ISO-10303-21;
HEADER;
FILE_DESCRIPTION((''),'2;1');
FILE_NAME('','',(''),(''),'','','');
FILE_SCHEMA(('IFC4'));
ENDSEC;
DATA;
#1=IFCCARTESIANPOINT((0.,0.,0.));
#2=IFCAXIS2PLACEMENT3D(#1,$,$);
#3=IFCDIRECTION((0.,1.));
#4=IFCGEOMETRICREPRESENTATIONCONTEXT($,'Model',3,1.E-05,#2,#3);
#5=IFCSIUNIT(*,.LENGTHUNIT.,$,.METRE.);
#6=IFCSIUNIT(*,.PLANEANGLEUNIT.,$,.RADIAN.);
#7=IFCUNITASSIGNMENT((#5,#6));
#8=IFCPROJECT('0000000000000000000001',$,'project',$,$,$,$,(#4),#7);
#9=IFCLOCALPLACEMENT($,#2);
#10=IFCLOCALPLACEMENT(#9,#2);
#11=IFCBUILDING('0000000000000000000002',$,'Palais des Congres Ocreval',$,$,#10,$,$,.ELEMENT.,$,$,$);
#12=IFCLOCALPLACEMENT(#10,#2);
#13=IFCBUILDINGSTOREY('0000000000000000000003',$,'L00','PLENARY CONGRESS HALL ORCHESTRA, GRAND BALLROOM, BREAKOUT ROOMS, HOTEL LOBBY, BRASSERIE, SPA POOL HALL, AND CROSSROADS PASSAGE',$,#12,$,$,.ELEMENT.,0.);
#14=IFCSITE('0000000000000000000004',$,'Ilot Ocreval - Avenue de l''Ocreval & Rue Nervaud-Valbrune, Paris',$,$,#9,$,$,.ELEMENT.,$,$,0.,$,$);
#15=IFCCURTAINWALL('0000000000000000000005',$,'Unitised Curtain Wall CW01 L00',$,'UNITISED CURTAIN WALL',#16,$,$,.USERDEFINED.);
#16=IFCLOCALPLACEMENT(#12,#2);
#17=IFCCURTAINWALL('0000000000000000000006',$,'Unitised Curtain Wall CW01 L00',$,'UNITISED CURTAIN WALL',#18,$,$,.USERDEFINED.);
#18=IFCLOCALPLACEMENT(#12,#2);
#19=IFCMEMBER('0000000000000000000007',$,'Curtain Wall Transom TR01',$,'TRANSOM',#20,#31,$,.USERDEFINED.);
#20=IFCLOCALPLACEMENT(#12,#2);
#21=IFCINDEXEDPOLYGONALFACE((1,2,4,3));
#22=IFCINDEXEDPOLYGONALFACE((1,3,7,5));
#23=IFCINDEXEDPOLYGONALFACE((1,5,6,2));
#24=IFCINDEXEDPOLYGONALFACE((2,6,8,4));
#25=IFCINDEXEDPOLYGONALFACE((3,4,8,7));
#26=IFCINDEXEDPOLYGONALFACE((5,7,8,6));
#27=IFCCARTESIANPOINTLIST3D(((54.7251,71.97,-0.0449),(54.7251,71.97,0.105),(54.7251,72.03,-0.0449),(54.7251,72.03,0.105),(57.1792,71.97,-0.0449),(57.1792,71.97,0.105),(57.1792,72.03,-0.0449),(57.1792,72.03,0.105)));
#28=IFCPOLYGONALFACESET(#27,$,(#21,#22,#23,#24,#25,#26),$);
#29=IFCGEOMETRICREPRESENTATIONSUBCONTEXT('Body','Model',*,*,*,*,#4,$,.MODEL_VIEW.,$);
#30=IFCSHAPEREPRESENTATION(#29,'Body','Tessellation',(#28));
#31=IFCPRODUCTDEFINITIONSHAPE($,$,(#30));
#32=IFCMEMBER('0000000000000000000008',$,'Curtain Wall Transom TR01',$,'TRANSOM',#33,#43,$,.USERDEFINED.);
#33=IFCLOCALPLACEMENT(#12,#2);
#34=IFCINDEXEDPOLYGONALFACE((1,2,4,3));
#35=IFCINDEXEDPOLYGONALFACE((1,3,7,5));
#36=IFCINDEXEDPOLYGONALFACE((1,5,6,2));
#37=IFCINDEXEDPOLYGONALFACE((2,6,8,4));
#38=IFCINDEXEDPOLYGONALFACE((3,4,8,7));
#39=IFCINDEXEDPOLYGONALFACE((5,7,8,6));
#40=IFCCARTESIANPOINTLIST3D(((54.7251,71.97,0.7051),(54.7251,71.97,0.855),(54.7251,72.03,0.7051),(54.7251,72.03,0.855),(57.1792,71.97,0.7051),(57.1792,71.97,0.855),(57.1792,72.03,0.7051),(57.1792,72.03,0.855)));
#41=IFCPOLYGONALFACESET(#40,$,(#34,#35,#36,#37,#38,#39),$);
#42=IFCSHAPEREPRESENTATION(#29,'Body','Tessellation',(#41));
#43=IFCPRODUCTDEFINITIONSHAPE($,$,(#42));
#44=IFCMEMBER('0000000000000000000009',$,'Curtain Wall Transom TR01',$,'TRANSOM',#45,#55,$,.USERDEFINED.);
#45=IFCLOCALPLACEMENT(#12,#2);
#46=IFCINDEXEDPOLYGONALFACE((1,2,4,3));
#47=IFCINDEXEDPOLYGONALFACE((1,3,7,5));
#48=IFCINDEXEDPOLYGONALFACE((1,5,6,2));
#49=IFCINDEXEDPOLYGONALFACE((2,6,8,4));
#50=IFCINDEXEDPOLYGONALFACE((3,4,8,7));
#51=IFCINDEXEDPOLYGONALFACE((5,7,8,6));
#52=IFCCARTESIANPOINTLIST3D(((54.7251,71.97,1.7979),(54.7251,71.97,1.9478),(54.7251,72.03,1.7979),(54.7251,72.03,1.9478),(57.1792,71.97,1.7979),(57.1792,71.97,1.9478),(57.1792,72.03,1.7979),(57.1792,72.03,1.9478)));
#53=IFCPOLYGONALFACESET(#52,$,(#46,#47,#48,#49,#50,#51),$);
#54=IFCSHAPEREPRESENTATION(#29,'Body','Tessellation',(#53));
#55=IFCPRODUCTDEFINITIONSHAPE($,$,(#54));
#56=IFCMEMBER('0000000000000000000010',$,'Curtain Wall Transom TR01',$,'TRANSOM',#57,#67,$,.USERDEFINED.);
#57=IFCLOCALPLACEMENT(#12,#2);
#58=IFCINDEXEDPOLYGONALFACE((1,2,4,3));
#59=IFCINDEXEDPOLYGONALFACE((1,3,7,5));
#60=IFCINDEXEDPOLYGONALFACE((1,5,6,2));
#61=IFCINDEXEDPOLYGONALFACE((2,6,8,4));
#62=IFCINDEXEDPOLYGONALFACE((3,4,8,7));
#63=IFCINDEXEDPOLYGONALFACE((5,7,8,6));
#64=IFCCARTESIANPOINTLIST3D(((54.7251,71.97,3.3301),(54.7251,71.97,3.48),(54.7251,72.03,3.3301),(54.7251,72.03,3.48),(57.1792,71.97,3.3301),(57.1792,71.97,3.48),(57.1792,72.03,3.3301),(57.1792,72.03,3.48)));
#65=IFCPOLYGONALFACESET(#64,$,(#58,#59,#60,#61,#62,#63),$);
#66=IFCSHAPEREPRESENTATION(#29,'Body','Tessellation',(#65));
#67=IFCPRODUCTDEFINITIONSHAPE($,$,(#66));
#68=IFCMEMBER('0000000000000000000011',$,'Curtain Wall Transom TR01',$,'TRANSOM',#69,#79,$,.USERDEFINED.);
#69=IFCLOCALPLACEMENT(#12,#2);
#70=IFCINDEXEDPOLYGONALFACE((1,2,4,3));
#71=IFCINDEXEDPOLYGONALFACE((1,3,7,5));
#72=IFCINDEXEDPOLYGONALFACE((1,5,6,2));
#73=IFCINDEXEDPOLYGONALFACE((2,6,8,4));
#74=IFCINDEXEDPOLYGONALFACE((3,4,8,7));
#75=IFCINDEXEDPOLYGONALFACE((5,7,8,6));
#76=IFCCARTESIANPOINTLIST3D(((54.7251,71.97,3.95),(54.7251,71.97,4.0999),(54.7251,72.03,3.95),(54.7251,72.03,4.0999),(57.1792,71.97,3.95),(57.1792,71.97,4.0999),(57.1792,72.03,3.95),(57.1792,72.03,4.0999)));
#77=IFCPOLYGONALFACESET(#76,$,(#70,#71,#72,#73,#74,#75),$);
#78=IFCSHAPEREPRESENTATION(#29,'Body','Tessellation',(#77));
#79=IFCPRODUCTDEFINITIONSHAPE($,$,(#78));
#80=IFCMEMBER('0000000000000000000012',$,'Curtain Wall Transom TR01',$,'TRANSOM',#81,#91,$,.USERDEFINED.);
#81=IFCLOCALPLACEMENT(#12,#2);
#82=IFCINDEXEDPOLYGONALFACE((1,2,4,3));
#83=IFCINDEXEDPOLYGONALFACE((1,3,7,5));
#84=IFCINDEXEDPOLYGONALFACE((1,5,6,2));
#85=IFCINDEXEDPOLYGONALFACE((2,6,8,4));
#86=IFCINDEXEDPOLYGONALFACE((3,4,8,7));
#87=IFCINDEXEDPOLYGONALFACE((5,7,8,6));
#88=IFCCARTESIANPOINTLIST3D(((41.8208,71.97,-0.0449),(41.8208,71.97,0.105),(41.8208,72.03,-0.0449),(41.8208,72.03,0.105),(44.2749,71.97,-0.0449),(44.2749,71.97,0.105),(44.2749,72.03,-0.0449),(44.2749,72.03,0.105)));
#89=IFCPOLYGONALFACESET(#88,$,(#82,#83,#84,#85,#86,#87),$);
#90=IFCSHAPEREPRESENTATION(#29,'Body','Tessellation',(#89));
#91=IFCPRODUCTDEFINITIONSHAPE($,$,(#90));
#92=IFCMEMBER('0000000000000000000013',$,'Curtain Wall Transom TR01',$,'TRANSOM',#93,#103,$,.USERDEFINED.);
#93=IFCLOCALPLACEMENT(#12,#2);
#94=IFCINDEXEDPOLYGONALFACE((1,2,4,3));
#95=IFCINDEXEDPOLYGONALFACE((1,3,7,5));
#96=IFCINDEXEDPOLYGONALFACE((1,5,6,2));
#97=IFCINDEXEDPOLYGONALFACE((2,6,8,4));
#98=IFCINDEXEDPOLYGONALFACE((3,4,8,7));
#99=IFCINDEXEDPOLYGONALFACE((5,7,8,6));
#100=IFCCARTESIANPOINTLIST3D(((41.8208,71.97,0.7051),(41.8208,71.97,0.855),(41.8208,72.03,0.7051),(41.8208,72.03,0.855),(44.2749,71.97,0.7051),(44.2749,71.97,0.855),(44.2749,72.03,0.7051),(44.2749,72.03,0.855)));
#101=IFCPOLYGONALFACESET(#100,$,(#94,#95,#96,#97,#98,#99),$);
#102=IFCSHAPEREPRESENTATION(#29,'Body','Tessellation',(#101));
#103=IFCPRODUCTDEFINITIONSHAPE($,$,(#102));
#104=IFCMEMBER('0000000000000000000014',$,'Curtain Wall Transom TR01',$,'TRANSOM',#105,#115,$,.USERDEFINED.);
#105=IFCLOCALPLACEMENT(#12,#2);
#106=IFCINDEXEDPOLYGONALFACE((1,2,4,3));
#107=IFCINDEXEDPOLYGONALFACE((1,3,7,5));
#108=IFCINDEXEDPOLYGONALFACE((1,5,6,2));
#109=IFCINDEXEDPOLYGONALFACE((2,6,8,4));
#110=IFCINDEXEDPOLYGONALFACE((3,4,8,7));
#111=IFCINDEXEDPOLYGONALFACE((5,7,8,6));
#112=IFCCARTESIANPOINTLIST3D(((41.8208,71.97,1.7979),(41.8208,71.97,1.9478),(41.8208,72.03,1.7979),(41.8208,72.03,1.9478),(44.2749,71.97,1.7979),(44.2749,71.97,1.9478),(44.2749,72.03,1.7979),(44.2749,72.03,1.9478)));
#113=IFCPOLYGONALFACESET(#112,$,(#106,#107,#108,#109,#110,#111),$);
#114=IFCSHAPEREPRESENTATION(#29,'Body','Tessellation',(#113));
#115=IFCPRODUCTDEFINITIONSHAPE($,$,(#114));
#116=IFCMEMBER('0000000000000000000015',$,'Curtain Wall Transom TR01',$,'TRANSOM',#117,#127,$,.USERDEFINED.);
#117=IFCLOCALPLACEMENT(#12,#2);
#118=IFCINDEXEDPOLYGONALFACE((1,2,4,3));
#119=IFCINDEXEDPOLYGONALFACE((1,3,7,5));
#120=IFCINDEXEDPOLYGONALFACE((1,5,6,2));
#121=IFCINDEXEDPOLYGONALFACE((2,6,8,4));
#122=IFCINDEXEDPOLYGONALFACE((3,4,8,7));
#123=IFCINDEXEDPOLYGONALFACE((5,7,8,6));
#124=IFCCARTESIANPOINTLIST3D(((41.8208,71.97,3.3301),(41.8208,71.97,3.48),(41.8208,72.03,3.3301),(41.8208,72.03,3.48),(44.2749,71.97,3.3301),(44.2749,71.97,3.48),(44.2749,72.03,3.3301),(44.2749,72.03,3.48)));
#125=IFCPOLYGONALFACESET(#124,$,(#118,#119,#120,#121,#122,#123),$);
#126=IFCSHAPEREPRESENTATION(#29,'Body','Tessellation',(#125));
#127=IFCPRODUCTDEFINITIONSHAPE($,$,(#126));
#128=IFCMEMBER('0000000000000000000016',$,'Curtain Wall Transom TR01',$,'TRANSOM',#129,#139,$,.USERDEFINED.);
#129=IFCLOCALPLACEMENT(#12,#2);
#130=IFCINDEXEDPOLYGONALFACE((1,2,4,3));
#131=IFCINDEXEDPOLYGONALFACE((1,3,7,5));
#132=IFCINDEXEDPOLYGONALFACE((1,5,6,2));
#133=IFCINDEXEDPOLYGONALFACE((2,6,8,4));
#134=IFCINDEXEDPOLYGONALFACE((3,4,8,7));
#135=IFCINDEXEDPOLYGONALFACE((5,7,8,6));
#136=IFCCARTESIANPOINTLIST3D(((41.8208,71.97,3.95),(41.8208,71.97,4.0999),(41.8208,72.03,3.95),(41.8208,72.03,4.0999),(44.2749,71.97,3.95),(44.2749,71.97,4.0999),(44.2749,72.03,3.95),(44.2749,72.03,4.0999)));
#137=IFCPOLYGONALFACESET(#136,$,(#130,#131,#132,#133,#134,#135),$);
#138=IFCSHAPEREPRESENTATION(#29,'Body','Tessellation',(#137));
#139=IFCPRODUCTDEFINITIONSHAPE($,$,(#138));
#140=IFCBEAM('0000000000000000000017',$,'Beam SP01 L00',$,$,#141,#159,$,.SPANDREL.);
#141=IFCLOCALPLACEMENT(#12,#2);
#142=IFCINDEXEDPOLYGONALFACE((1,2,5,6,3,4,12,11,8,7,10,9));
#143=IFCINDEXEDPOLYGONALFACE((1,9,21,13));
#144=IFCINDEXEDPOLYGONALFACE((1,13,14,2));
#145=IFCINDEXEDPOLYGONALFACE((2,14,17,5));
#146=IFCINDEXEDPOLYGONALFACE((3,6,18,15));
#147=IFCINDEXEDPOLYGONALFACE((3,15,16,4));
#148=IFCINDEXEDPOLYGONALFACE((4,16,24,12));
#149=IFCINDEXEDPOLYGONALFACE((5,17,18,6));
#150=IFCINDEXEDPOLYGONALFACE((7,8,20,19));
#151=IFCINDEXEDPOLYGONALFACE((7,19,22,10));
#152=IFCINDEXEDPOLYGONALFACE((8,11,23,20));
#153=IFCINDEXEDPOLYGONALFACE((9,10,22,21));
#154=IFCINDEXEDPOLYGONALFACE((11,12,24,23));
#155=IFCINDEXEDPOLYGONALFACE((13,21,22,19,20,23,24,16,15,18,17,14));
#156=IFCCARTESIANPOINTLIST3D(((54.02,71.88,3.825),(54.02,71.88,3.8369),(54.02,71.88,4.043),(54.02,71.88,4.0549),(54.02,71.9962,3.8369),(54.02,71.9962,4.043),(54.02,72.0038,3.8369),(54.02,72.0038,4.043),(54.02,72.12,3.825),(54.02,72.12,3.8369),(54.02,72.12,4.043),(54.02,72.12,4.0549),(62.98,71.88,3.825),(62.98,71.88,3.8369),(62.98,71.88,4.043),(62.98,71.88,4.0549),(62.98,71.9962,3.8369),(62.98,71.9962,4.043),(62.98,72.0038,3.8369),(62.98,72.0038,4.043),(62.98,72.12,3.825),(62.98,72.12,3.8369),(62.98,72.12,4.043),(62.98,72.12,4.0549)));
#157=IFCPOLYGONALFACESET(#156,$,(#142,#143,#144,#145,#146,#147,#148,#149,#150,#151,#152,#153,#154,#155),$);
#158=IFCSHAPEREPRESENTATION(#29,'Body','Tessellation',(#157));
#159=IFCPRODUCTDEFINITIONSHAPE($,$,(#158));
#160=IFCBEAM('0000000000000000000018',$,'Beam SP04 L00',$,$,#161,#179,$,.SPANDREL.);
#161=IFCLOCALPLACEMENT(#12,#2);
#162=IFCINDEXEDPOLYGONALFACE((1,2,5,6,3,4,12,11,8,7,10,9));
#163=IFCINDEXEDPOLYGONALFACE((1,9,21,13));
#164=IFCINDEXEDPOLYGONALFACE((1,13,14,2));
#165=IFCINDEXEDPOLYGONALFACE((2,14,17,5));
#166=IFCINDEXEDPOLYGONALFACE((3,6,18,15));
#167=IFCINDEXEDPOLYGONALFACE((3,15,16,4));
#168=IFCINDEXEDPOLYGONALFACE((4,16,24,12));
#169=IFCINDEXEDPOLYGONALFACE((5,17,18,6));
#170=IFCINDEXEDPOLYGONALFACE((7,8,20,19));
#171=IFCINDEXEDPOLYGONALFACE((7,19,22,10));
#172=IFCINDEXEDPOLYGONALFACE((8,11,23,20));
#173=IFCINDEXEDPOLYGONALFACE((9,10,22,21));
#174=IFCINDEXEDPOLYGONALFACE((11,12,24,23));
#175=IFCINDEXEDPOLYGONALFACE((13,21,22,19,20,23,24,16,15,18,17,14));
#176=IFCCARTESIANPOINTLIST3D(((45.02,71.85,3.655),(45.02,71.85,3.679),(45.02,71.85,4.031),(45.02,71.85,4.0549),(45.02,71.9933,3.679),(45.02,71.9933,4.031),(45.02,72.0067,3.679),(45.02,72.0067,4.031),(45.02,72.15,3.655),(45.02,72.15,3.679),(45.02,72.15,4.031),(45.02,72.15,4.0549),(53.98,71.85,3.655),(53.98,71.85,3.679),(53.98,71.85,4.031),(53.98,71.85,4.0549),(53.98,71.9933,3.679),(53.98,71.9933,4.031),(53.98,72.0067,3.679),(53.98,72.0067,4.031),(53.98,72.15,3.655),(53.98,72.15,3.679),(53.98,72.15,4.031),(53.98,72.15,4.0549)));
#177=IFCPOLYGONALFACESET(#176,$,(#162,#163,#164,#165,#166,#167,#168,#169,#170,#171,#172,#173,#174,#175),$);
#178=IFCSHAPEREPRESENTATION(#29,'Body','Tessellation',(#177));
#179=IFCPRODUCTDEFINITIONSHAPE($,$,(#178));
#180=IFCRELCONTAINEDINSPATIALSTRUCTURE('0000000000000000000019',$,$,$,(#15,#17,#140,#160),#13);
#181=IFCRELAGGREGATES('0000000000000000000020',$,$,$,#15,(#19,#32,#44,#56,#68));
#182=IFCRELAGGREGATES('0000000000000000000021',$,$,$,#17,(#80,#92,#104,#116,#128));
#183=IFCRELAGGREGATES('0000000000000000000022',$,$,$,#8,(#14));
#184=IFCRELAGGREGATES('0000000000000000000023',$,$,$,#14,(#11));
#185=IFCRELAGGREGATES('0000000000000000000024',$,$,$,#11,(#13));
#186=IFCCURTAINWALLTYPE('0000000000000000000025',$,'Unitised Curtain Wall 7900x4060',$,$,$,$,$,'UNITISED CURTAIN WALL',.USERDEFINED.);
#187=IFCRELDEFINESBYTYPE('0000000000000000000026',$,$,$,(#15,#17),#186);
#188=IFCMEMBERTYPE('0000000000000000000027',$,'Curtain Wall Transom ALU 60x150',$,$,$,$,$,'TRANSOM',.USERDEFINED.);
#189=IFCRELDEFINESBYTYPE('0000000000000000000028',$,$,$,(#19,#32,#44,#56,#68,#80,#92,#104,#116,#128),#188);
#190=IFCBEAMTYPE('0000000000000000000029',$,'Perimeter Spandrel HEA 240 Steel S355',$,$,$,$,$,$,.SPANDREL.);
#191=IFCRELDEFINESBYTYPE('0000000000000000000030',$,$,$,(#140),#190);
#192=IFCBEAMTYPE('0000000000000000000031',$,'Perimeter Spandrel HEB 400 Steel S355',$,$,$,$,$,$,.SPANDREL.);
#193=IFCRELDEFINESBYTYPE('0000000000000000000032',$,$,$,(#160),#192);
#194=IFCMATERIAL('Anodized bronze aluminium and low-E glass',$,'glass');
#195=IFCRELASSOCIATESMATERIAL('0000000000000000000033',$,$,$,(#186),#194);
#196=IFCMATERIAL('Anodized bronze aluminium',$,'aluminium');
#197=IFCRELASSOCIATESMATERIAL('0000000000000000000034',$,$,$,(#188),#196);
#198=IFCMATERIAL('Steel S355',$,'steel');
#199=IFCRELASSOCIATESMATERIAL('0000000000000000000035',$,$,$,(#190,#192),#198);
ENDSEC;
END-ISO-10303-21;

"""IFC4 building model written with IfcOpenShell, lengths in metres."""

from ifc_helpers import new_model, si_unit, direction, frame, origin, origin_2d, place, context, subcontext, project, spatial, rectangle, i_section, extrude, material, material_profile, profile_set, type_object, element, aggregate, save


model = new_model("IFC4")

# Units and contexts
model_context = context("Model", 3, precision=1e-05, world=origin(), true_north=direction((0.0, 1.0)))
body_context = subcontext(model_context, "Body", "Model", "MODEL_VIEW")
ifc_project = project(units=[si_unit("LENGTHUNIT", "METRE"), si_unit("PLANEANGLEUNIT", "RADIAN")], contexts=[model_context])

# Site, building, storey
site_placement = place(None, origin())
site = spatial("IfcSite", under=ifc_project, at=site_placement, Name="Ilot Ocreval - Avenue de l'Ocreval & Rue Nervaud-Valbrune, Paris", CompositionType="ELEMENT", RefElevation=0.0)
building_placement = place(site_placement, origin())
building = spatial("IfcBuilding", under=site, at=building_placement, Name="Palais des Congres Ocreval", CompositionType="ELEMENT")
storey_placement = place(building_placement, origin())
storey = spatial("IfcBuildingStorey", under=building, at=storey_placement, Name="L00", Description="PLENARY CONGRESS HALL ORCHESTRA, GRAND BALLROOM, BREAKOUT ROOMS, HOTEL LOBBY, BRASSERIE, SPA POOL HALL, AND CROSSROADS PASSAGE", CompositionType="ELEMENT", Elevation=0.0)

# Shared definitions
ifc_material_1 = material(Name="Steel S355", Category="steel")

# Curtain wall
ifc_material_2 = material(Name="Anodized bronze aluminium and low-E glass", Category="glass")
curtain_wall_type = type_object("IfcCurtainWallType", Name="Unitised Curtain Wall 7900x4060", ElementType="UNITISED CURTAIN WALL", PredefinedType="USERDEFINED", material=ifc_material_2)
curtain_wall_1_placement = place(storey_placement, origin())
curtain_wall_1 = element("IfcCurtainWall", 1, at=curtain_wall_1_placement, inside=storey, type_object=curtain_wall_type, Name="Unitised Curtain Wall CW01 L00", ObjectType="UNITISED CURTAIN WALL", PredefinedType="USERDEFINED")
ifc_material_3 = material(Name="Anodized bronze aluminium", Category="aluminium")

# Curtain wall
curtain_wall_2_placement = place(storey_placement, origin())
curtain_wall_2 = element("IfcCurtainWall", 2, at=curtain_wall_2_placement, inside=storey, type_object=curtain_wall_type, Name="Unitised Curtain Wall CW01 L00", ObjectType="UNITISED CURTAIN WALL", PredefinedType="USERDEFINED")

# Members
ifc_material_profile_1 = material_profile(ifc_material_3, rectangle(XDim=0.0601, YDim=0.1499, at=origin_2d()), Name="ALU 60x150")
ifc_profile_set_1 = profile_set([ifc_material_profile_1], Name="Anodized bronze aluminium")
member_type_1 = type_object("IfcMemberType", Name="Curtain Wall Transom ALU 60x150", ElementType="TRANSOM", PredefinedType="USERDEFINED", material=ifc_profile_set_1)
member_1_placement = place(storey_placement, frame((57.1792, 72.0, 0.03), z_axis=(-1.0, 0.0, 0.0), x_axis=(0.0, -1.0, 0.0)))
member_1 = element("IfcMember", 3, at=member_1_placement, type_object=member_type_1, Name="Curtain Wall Transom TR01", ObjectType="TRANSOM", PredefinedType="USERDEFINED", context=body_context, shape_type="SweptSolid", body=[
    extrude(rectangle(XDim=0.0601, YDim=0.1499, at=origin_2d()), origin(), (0.0, 0.0, 1.0), 2.4541),
])
member_2_placement = place(storey_placement, frame((57.1792, 72.0, 0.78), z_axis=(-1.0, 0.0, 0.0), x_axis=(0.0, -1.0, 0.0)))
member_2 = element("IfcMember", 4, at=member_2_placement, type_object=member_type_1, Name="Curtain Wall Transom TR01", ObjectType="TRANSOM", PredefinedType="USERDEFINED", context=body_context, shape_type="SweptSolid", body=[
    extrude(rectangle(XDim=0.0601, YDim=0.1499, at=origin_2d()), origin(), (0.0, 0.0, 1.0), 2.4541),
])
member_3_placement = place(storey_placement, frame((57.1792, 72.0, 1.8728), z_axis=(-1.0, 0.0, 0.0), x_axis=(0.0, -1.0, 0.0)))
member_3 = element("IfcMember", 5, at=member_3_placement, type_object=member_type_1, Name="Curtain Wall Transom TR01", ObjectType="TRANSOM", PredefinedType="USERDEFINED", context=body_context, shape_type="SweptSolid", body=[
    extrude(rectangle(XDim=0.0601, YDim=0.1499, at=origin_2d()), origin(), (0.0, 0.0, 1.0), 2.4541),
])
member_4_placement = place(storey_placement, frame((57.1792, 72.0, 3.405), z_axis=(-1.0, 0.0, 0.0), x_axis=(0.0, -1.0, 0.0)))
member_4 = element("IfcMember", 6, at=member_4_placement, type_object=member_type_1, Name="Curtain Wall Transom TR01", ObjectType="TRANSOM", PredefinedType="USERDEFINED", context=body_context, shape_type="SweptSolid", body=[
    extrude(rectangle(XDim=0.0601, YDim=0.1499, at=origin_2d()), origin(), (0.0, 0.0, 1.0), 2.4541),
])
member_5_placement = place(storey_placement, frame((57.1792, 72.0, 4.0249), z_axis=(-1.0, 0.0, 0.0), x_axis=(0.0, -1.0, 0.0)))
member_5 = element("IfcMember", 7, at=member_5_placement, type_object=member_type_1, Name="Curtain Wall Transom TR01", ObjectType="TRANSOM", PredefinedType="USERDEFINED", context=body_context, shape_type="SweptSolid", body=[
    extrude(rectangle(XDim=0.0601, YDim=0.1499, at=origin_2d()), origin(), (0.0, 0.0, 1.0), 2.4541),
])
member_6_placement = place(storey_placement, frame((44.2749, 72.0, 0.03), z_axis=(-1.0, 0.0, 0.0), x_axis=(0.0, -1.0, 0.0)))
member_6 = element("IfcMember", 8, at=member_6_placement, type_object=member_type_1, Name="Curtain Wall Transom TR01", ObjectType="TRANSOM", PredefinedType="USERDEFINED", context=body_context, shape_type="SweptSolid", body=[
    extrude(rectangle(XDim=0.0601, YDim=0.1499, at=origin_2d()), origin(), (0.0, 0.0, 1.0), 2.4541),
])
member_7_placement = place(storey_placement, frame((44.2749, 72.0, 0.78), z_axis=(-1.0, 0.0, 0.0), x_axis=(0.0, -1.0, 0.0)))
member_7 = element("IfcMember", 9, at=member_7_placement, type_object=member_type_1, Name="Curtain Wall Transom TR01", ObjectType="TRANSOM", PredefinedType="USERDEFINED", context=body_context, shape_type="SweptSolid", body=[
    extrude(rectangle(XDim=0.0601, YDim=0.1499, at=origin_2d()), origin(), (0.0, 0.0, 1.0), 2.4541),
])
member_8_placement = place(storey_placement, frame((44.2749, 72.0, 1.8728), z_axis=(-1.0, 0.0, 0.0), x_axis=(0.0, -1.0, 0.0)))
member_8 = element("IfcMember", 10, at=member_8_placement, type_object=member_type_1, Name="Curtain Wall Transom TR01", ObjectType="TRANSOM", PredefinedType="USERDEFINED", context=body_context, shape_type="SweptSolid", body=[
    extrude(rectangle(XDim=0.0601, YDim=0.1499, at=origin_2d()), origin(), (0.0, 0.0, 1.0), 2.4541),
])
member_9_placement = place(storey_placement, frame((44.2749, 72.0, 3.405), z_axis=(-1.0, 0.0, 0.0), x_axis=(0.0, -1.0, 0.0)))
member_9 = element("IfcMember", 11, at=member_9_placement, type_object=member_type_1, Name="Curtain Wall Transom TR01", ObjectType="TRANSOM", PredefinedType="USERDEFINED", context=body_context, shape_type="SweptSolid", body=[
    extrude(rectangle(XDim=0.0601, YDim=0.1499, at=origin_2d()), origin(), (0.0, 0.0, 1.0), 2.4541),
])
member_10_placement = place(storey_placement, frame((44.2749, 72.0, 4.0249), z_axis=(-1.0, 0.0, 0.0), x_axis=(0.0, -1.0, 0.0)))
member_10 = element("IfcMember", 12, at=member_10_placement, type_object=member_type_1, Name="Curtain Wall Transom TR01", ObjectType="TRANSOM", PredefinedType="USERDEFINED", context=body_context, shape_type="SweptSolid", body=[
    extrude(rectangle(XDim=0.0601, YDim=0.1499, at=origin_2d()), origin(), (0.0, 0.0, 1.0), 2.4541),
])

# Beams
ifc_material_profile_2 = material_profile(ifc_material_1, i_section(OverallWidth=0.24, OverallDepth=0.23, WebThickness=0.0076, FlangeThickness=0.012, at=origin_2d()), Name="HEA 240")
ifc_profile_set_2 = profile_set([ifc_material_profile_2], Name="Steel S355")
beam_type_1 = type_object("IfcBeamType", Name="Perimeter Spandrel HEA 240 Steel S355", PredefinedType="SPANDREL", material=ifc_profile_set_2)
beam_1_placement = place(storey_placement, frame((54.02, 72.0, 3.9399), z_axis=(1.0, 0.0, 0.0), x_axis=(0.0, 1.0, 0.0)))
element("IfcBeam", 13, at=beam_1_placement, inside=storey, type_object=beam_type_1, Name="Beam SP01 L00", PredefinedType="SPANDREL", context=body_context, shape_type="SweptSolid", body=[
    extrude(i_section(OverallWidth=0.24, OverallDepth=0.23, WebThickness=0.0076, FlangeThickness=0.012, at=origin_2d()), origin(), (0.0, 0.0, 1.0), 8.96),
])
ifc_material_profile_3 = material_profile(ifc_material_1, i_section(OverallWidth=0.3, OverallDepth=0.3999, WebThickness=0.0134, FlangeThickness=0.0239, at=origin_2d()), Name="HEB 400")
ifc_profile_set_3 = profile_set([ifc_material_profile_3], Name="Steel S355")
beam_type_2 = type_object("IfcBeamType", Name="Perimeter Spandrel HEB 400 Steel S355", PredefinedType="SPANDREL", material=ifc_profile_set_3)
beam_2_placement = place(storey_placement, frame((45.02, 72.0, 3.855), z_axis=(1.0, 0.0, 0.0), x_axis=(0.0, 1.0, 0.0)))
element("IfcBeam", 14, at=beam_2_placement, inside=storey, type_object=beam_type_2, Name="Beam SP04 L00", PredefinedType="SPANDREL", context=body_context, shape_type="SweptSolid", body=[
    extrude(i_section(OverallWidth=0.3, OverallDepth=0.3999, WebThickness=0.0134, FlangeThickness=0.0239, at=origin_2d()), origin(), (0.0, 0.0, 1.0), 8.96),
])

aggregate(curtain_wall_1, [member_1, member_2, member_3, member_4, member_5])
aggregate(curtain_wall_2, [member_6, member_7, member_8, member_9, member_10])

save(model, "model.ifc")
